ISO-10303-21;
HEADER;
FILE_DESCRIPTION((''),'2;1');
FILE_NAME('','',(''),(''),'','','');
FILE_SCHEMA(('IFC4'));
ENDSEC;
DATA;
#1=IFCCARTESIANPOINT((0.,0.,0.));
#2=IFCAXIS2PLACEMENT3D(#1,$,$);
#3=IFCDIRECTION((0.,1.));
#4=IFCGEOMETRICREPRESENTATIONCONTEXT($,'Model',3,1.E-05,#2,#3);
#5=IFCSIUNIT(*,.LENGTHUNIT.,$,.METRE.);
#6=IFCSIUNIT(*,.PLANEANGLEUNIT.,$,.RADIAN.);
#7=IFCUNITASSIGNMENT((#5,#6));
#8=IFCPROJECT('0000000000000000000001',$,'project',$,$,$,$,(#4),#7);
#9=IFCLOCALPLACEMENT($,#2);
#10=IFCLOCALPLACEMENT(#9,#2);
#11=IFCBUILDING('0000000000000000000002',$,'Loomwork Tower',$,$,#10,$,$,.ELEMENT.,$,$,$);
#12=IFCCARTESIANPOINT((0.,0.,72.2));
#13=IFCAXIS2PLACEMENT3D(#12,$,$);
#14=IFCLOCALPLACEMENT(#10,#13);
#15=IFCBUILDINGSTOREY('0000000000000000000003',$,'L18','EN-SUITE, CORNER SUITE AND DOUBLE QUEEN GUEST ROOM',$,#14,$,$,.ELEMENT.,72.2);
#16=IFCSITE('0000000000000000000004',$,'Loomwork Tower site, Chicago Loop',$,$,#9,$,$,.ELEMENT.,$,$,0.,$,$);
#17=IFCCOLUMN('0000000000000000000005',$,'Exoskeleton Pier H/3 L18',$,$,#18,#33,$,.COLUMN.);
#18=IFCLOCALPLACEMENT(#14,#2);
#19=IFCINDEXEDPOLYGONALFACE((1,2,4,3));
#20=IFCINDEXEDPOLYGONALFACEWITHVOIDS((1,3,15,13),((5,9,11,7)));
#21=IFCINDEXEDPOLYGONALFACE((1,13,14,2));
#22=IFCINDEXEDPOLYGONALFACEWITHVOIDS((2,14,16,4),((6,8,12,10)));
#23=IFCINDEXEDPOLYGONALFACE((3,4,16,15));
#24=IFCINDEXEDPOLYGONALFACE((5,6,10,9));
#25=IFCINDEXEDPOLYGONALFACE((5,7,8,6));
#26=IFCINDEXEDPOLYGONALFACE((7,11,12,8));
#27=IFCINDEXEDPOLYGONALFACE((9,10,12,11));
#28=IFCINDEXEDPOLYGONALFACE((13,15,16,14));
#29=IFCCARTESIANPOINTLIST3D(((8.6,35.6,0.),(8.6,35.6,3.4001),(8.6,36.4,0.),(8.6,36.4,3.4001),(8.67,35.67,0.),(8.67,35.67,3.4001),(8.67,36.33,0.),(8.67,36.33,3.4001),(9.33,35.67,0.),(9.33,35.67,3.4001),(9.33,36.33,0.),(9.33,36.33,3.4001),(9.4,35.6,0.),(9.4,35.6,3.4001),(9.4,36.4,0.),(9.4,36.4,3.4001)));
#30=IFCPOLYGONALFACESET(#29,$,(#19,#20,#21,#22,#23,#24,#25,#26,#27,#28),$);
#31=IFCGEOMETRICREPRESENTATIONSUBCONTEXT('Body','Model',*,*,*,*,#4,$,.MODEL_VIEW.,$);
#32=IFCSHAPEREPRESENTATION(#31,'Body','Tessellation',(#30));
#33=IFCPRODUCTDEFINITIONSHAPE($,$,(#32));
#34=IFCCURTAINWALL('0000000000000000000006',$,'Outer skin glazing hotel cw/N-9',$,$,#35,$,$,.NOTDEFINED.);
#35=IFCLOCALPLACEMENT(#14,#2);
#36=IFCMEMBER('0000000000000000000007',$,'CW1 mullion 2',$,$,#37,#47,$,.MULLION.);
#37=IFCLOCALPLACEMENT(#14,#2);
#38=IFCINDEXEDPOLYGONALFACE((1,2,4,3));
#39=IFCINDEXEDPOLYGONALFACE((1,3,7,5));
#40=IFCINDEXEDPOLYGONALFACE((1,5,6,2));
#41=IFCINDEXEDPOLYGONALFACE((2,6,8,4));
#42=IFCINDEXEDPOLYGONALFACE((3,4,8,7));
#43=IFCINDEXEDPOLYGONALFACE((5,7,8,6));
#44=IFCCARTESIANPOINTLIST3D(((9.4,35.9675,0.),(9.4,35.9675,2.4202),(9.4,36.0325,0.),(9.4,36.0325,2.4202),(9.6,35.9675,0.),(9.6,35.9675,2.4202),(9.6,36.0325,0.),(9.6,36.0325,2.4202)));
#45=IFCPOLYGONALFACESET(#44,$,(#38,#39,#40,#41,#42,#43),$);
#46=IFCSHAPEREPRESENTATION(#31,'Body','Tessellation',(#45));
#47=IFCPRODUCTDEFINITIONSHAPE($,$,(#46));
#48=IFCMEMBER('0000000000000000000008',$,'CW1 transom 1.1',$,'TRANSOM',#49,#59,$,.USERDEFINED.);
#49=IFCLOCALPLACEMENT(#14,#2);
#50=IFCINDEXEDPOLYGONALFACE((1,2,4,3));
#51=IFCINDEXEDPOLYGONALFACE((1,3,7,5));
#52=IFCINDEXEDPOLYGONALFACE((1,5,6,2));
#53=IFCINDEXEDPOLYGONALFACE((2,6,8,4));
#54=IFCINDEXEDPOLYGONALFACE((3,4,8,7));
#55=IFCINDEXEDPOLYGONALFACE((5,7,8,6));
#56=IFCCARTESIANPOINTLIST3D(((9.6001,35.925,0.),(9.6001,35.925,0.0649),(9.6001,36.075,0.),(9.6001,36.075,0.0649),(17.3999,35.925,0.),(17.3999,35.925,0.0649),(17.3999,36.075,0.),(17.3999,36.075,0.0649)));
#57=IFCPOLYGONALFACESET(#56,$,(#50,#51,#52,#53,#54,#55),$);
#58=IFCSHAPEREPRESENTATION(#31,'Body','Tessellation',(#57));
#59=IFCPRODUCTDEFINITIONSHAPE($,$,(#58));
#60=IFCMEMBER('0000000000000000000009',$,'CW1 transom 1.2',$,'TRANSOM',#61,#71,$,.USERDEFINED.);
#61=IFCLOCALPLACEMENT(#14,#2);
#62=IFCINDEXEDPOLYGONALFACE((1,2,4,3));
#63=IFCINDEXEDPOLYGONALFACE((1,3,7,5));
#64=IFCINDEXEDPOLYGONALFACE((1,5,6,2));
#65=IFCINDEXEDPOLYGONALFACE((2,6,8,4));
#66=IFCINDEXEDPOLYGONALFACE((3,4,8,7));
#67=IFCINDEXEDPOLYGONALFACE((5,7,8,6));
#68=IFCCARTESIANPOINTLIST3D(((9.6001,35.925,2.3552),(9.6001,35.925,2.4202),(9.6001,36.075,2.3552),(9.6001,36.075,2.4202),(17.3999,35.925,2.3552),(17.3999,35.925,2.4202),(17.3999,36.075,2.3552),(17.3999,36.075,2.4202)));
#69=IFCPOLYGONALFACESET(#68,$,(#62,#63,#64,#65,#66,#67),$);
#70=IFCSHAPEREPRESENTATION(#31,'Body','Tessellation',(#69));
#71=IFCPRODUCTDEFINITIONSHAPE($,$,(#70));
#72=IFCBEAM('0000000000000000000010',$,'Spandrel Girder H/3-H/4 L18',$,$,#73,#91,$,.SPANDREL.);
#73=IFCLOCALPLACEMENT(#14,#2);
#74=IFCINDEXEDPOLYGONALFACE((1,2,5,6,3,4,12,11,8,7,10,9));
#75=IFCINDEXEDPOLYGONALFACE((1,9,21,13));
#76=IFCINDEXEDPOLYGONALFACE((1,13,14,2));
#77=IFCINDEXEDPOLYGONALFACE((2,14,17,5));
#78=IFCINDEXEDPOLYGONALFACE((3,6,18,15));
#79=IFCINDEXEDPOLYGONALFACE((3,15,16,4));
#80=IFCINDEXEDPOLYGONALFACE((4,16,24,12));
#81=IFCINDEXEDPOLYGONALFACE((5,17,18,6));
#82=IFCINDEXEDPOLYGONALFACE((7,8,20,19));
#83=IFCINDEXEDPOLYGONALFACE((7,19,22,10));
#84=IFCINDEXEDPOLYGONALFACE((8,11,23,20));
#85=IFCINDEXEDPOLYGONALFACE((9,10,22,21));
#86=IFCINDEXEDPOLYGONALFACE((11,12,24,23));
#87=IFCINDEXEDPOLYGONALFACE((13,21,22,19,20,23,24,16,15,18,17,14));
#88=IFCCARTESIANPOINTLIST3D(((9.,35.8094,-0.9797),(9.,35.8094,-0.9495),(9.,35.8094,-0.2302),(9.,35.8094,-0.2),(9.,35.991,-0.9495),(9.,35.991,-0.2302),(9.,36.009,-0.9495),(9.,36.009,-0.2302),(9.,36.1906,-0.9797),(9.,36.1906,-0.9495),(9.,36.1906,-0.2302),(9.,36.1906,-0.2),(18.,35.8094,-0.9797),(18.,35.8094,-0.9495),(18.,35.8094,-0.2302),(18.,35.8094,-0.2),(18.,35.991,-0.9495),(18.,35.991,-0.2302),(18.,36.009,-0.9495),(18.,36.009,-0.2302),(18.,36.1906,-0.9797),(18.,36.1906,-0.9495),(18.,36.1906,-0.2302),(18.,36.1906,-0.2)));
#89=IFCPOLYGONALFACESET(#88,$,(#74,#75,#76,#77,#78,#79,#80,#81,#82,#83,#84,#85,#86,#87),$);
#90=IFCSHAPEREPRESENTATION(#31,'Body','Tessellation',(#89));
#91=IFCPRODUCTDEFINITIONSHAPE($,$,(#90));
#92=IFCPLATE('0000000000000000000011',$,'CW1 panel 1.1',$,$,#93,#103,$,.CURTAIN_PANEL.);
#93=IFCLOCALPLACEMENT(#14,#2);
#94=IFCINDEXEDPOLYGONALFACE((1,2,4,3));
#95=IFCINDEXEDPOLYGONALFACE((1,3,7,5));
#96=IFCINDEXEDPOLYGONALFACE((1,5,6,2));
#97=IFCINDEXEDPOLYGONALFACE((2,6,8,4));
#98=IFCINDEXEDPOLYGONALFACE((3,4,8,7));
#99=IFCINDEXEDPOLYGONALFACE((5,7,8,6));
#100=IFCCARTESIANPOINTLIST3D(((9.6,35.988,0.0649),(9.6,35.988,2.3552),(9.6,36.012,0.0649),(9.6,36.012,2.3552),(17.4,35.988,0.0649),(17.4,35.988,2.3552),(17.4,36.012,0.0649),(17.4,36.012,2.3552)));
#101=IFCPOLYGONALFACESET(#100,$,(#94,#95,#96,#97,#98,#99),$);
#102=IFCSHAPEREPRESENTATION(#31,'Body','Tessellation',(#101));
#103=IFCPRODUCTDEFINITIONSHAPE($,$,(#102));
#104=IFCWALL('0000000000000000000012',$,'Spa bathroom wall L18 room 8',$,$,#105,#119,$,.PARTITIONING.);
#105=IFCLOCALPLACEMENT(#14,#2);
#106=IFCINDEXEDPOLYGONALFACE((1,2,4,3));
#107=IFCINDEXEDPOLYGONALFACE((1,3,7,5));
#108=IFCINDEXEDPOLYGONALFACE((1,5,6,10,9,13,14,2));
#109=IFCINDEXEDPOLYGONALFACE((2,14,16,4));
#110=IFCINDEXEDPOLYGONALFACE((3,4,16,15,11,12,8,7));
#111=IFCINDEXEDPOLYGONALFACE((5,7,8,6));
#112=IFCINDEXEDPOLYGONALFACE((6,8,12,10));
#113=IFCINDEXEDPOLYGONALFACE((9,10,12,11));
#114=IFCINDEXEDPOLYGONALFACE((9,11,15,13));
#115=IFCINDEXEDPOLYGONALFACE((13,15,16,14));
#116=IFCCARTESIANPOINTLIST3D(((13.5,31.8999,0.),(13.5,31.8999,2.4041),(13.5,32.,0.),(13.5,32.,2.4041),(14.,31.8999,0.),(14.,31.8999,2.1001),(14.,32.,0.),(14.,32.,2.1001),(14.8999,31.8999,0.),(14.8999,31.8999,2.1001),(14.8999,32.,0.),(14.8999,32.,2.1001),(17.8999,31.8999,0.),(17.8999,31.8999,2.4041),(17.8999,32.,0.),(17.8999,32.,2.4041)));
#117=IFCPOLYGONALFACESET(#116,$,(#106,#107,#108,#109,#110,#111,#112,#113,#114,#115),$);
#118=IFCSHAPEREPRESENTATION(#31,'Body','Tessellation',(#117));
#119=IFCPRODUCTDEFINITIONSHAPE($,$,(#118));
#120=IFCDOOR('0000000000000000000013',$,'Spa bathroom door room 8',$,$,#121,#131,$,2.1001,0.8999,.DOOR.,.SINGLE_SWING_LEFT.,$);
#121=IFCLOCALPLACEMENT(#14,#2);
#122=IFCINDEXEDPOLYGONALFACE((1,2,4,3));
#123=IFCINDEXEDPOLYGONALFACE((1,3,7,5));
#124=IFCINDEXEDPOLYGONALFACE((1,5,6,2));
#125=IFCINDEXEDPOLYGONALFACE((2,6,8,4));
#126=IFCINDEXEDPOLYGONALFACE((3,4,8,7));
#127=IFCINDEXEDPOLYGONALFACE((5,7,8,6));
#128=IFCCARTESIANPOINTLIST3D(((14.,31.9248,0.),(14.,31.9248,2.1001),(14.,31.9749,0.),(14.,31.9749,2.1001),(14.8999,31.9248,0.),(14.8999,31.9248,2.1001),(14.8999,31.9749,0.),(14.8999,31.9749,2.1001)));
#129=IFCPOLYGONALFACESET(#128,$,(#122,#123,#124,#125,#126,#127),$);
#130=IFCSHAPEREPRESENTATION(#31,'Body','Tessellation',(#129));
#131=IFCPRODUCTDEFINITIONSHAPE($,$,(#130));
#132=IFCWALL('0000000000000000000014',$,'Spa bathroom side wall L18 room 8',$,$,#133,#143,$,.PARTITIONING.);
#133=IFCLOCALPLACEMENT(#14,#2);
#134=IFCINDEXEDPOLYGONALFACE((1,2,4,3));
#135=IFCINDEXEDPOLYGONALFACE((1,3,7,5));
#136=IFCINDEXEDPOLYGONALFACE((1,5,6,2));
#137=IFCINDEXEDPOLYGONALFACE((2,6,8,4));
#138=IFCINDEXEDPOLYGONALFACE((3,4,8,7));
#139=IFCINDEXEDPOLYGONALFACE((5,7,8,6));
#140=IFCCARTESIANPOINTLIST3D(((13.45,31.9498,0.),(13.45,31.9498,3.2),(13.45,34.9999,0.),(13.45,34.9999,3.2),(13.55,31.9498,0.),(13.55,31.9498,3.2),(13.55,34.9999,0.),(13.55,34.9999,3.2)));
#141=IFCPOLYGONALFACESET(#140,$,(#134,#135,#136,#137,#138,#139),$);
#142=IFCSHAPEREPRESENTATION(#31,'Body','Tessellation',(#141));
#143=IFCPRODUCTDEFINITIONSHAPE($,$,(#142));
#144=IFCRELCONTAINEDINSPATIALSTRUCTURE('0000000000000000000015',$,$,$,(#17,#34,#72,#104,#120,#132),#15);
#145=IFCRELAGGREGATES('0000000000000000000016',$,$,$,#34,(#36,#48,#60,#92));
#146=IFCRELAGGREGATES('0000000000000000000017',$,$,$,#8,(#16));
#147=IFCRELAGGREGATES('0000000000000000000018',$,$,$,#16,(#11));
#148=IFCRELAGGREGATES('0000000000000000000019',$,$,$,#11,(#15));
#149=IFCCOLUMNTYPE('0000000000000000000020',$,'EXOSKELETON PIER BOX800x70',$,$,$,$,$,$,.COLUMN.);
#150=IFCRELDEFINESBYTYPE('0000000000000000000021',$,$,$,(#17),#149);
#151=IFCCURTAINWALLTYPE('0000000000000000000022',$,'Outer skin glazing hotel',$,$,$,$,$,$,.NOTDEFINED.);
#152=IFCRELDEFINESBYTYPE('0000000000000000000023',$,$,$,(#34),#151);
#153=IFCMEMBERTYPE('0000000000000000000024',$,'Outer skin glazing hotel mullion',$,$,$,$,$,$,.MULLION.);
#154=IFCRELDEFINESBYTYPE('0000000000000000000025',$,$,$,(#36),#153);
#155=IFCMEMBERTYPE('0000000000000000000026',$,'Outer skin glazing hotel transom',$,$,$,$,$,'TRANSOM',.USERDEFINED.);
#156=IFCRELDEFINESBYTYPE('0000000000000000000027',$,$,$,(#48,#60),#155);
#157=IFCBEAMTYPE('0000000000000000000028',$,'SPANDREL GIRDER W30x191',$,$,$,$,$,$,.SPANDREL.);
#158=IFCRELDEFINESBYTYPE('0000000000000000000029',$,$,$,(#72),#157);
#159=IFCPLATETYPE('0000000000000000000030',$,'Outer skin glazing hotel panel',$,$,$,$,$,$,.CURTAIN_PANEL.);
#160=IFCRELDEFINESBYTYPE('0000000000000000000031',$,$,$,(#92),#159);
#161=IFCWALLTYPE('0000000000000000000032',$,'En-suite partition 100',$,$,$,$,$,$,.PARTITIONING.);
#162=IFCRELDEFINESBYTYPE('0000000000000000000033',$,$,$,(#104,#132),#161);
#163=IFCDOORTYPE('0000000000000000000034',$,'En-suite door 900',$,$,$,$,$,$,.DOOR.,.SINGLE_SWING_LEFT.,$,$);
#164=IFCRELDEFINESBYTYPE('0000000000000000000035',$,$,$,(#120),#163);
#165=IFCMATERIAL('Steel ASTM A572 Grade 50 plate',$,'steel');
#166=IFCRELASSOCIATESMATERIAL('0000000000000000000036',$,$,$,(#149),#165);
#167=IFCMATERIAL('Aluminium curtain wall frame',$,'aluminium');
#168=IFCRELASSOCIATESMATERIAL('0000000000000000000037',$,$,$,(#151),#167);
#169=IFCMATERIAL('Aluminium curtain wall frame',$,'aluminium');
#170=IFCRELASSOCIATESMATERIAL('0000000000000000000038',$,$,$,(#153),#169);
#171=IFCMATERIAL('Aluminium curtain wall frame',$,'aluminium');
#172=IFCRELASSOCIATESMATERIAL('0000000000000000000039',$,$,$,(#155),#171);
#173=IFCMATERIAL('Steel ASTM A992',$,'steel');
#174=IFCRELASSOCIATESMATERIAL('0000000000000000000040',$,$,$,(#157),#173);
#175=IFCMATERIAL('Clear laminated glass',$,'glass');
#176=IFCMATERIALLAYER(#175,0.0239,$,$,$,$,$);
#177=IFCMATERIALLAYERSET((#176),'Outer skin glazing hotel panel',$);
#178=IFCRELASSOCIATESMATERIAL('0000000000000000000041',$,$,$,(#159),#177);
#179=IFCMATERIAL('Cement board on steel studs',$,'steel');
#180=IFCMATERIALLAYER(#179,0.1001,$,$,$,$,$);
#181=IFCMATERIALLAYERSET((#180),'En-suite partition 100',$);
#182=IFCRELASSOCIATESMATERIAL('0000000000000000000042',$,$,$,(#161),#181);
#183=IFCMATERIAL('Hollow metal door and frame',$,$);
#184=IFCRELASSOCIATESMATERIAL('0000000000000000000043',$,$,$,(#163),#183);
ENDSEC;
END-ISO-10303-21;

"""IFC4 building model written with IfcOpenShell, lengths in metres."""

from ifc_helpers import new_model, si_unit, direction, frame, frame_2d, origin, origin_2d, place, context, subcontext, project, spatial, rectangle, hollow_rectangle, i_section, extrude, material, layer, layer_set, material_profile, profile_set, type_object, element, fill, aggregate, save


model = new_model("IFC4")

# Units and contexts
model_context = context("Model", 3, precision=1e-05, world=origin(), true_north=direction((0.0, 1.0)))
body_context = subcontext(model_context, "Body", "Model", "MODEL_VIEW")
ifc_project = project(units=[si_unit("LENGTHUNIT", "METRE"), si_unit("PLANEANGLEUNIT", "RADIAN")], contexts=[model_context])

# Site, building, storey
site_placement = place(None, origin())
site = spatial("IfcSite", under=ifc_project, at=site_placement, Name="Loomwork Tower site, Chicago Loop", CompositionType="ELEMENT", RefElevation=0.0)
building_placement = place(site_placement, origin())
building = spatial("IfcBuilding", under=site, at=building_placement, Name="Loomwork Tower", CompositionType="ELEMENT")
storey_placement = place(building_placement, frame((0.0, 0.0, 72.2)))
storey = spatial("IfcBuildingStorey", under=building, at=storey_placement, Name="L18", Description="EN-SUITE, CORNER SUITE AND DOUBLE QUEEN GUEST ROOM", CompositionType="ELEMENT", Elevation=72.2)

# Column
ifc_material_1 = material(Name="Steel ASTM A572 Grade 50 plate", Category="steel")
ifc_material_profile_1 = material_profile(ifc_material_1, hollow_rectangle(XDim=0.8, YDim=0.8, WallThickness=0.0701, at=origin_2d()), Name="BOX800x70")
ifc_profile_set_1 = profile_set([ifc_material_profile_1], Name="Steel ASTM A572 Grade 50 plate")
column_type = type_object("IfcColumnType", Name="EXOSKELETON PIER BOX800x70", PredefinedType="COLUMN", material=ifc_profile_set_1)
column_placement = place(storey_placement, frame((9.0, 36.0, 0.0), z_axis=(0.0, 0.0, 1.0), x_axis=(1.0, 0.0, 0.0)))
element("IfcColumn", 1, at=column_placement, inside=storey, type_object=column_type, Name="Exoskeleton Pier H/3 L18", PredefinedType="COLUMN", context=body_context, shape_type="SweptSolid", body=[
    extrude(hollow_rectangle(XDim=0.8, YDim=0.8, WallThickness=0.0701, at=origin_2d()), origin(), (0.0, 0.0, 1.0), 3.4001),
])

# Curtain wall, members
ifc_material_2 = material(Name="Aluminium curtain wall frame", Category="aluminium")
curtain_wall_type = type_object("IfcCurtainWallType", Name="Outer skin glazing hotel", PredefinedType="NOTDEFINED", material=ifc_material_2)
curtain_wall_placement = place(storey_placement, origin())
curtain_wall = element("IfcCurtainWall", 2, at=curtain_wall_placement, inside=storey, type_object=curtain_wall_type, Name="Outer skin glazing hotel cw/N-9", PredefinedType="NOTDEFINED")
ifc_material_3 = material(Name="Aluminium curtain wall frame", Category="aluminium")
ifc_material_profile_2 = material_profile(ifc_material_3, rectangle(XDim=0.0649, YDim=0.2, at=origin_2d()), Name="AL 65x200")
ifc_profile_set_2 = profile_set([ifc_material_profile_2], Name="Aluminium curtain wall frame")
member_type_1 = type_object("IfcMemberType", Name="Outer skin glazing hotel mullion", PredefinedType="MULLION", material=ifc_profile_set_2)
member_1_placement = place(storey_placement, frame((9.5, 36.0, 0.0), z_axis=(0.0, 0.0, 1.0), x_axis=(0.0, -1.0, 0.0)))
member_1 = element("IfcMember", 3, at=member_1_placement, type_object=member_type_1, Name="CW1 mullion 2", PredefinedType="MULLION", context=body_context, shape_type="SweptSolid", body=[
    extrude(rectangle(XDim=0.0649, YDim=0.2, at=origin_2d()), origin(), (0.0, 0.0, 1.0), 2.4202),
])
ifc_material_4 = material(Name="Aluminium curtain wall frame", Category="aluminium")
ifc_material_profile_3 = material_profile(ifc_material_4, rectangle(XDim=0.1499, YDim=0.0649, at=origin_2d()), Name="AL 65x150")
ifc_profile_set_3 = profile_set([ifc_material_profile_3], Name="Aluminium curtain wall frame")
member_type_2 = type_object("IfcMemberType", Name="Outer skin glazing hotel transom", ElementType="TRANSOM", PredefinedType="USERDEFINED", material=ifc_profile_set_3)
member_2_placement = place(storey_placement, frame((17.3999, 36.0, 0.0325), z_axis=(-1.0, 0.0, 0.0), x_axis=(0.0, -1.0, 0.0)))
member_2 = element("IfcMember", 4, at=member_2_placement, type_object=member_type_2, Name="CW1 transom 1.1", ObjectType="TRANSOM", PredefinedType="USERDEFINED", context=body_context, shape_type="SweptSolid", body=[
    extrude(rectangle(XDim=0.1499, YDim=0.0649, at=origin_2d()), origin(), (0.0, 0.0, 1.0), 7.7998),
])
member_3_placement = place(storey_placement, frame((17.3999, 36.0, 2.3877), z_axis=(-1.0, 0.0, 0.0), x_axis=(0.0, -1.0, 0.0)))
member_3 = element("IfcMember", 5, at=member_3_placement, type_object=member_type_2, Name="CW1 transom 1.2", ObjectType="TRANSOM", PredefinedType="USERDEFINED", context=body_context, shape_type="SweptSolid", body=[
    extrude(rectangle(XDim=0.1499, YDim=0.0649, at=origin_2d()), origin(), (0.0, 0.0, 1.0), 7.7998),
])

# Beam
ifc_material_5 = material(Name="Steel ASTM A992", Category="steel")
ifc_material_profile_4 = material_profile(ifc_material_5, i_section(OverallWidth=0.3811, OverallDepth=0.7798, WebThickness=0.0181, FlangeThickness=0.0303, at=origin_2d()), Name="W30x191")
ifc_profile_set_4 = profile_set([ifc_material_profile_4], Name="Steel ASTM A992")
beam_type = type_object("IfcBeamType", Name="SPANDREL GIRDER W30x191", PredefinedType="SPANDREL", material=ifc_profile_set_4)
beam_placement = place(storey_placement, frame((9.0, 36.0, -0.5898), z_axis=(1.0, 0.0, 0.0), x_axis=(0.0, 1.0, 0.0)))
element("IfcBeam", 6, at=beam_placement, inside=storey, type_object=beam_type, Name="Spandrel Girder H/3-H/4 L18", PredefinedType="SPANDREL", context=body_context, shape_type="SweptSolid", body=[
    extrude(i_section(OverallWidth=0.3811, OverallDepth=0.7798, WebThickness=0.0181, FlangeThickness=0.0303, at=origin_2d()), origin(), (0.0, 0.0, 1.0), 9.0),
])

# Plate
ifc_material_6 = material(Name="Clear laminated glass", Category="glass")
ifc_layer_1 = layer(ifc_material_6, 0.0239)
ifc_layer_set_1 = layer_set([ifc_layer_1], Name="Outer skin glazing hotel panel")
plate_type = type_object("IfcPlateType", Name="Outer skin glazing hotel panel", PredefinedType="CURTAIN_PANEL", material=ifc_layer_set_1)
plate_placement = place(storey_placement, frame((13.5, 36.0, 0.0649), z_axis=(0.0, 0.0, 1.0), x_axis=(-1.0, 0.0, 0.0)))
plate = element("IfcPlate", 7, at=plate_placement, type_object=plate_type, Name="CW1 panel 1.1", PredefinedType="CURTAIN_PANEL", context=body_context, shape_type="SweptSolid", body=[
    extrude(rectangle(XDim=7.8, YDim=0.0239, at=origin_2d()), origin(), (0.0, 0.0, 1.0), 2.2903),
])
aggregate(curtain_wall, [member_1, member_2, member_3, plate])

# Wall, opening, door
ifc_material_7 = material(Name="Cement board on steel studs", Category="steel")
ifc_layer_2 = layer(ifc_material_7, 0.1001)
ifc_layer_set_2 = layer_set([ifc_layer_2], Name="En-suite partition 100")
wall_type_1 = type_object("IfcWallType", Name="En-suite partition 100", PredefinedType="PARTITIONING", material=ifc_layer_set_2)
wall_1_placement = place(storey_placement, frame((13.5, 31.95, 0.0), z_axis=(0.0, 0.0, 1.0), x_axis=(1.0, 0.0, 0.0)))
wall_1 = element("IfcWall", 8, at=wall_1_placement, inside=storey, type_object=wall_type_1, Name="Spa bathroom wall L18 room 8", PredefinedType="PARTITIONING", context=body_context, shape_type="SweptSolid", body=[
    extrude(rectangle(XDim=4.3999, YDim=0.1001, at=frame_2d((2.2, 0.0))), origin(), (0.0, 0.0, 1.0), 2.4041),
])
opening_1_placement = place(wall_1_placement, frame((0.5, 0.0, 0.0)))
opening_1 = element("IfcOpeningElement", 9, at=opening_1_placement, cuts=wall_1, PredefinedType="OPENING", context=body_context, shape_type="SweptSolid", body=[
    extrude(rectangle(XDim=0.8999, YDim=2.1001, at=frame_2d((0.45, 1.05))), frame((0.0, 0.0601, 0.0), z_axis=(0.0, -1.0, 0.0), x_axis=(1.0, 0.0, 0.0)), (0.0, 0.0, 1.0), 0.1201),
])
ifc_material_8 = material(Name="Hollow metal door and frame")
door_type = type_object("IfcDoorType", Name="En-suite door 900", OperationType="SINGLE_SWING_LEFT", PredefinedType="DOOR", material=ifc_material_8)
door_placement = place(opening_1_placement, origin())
door = element("IfcDoor", 10, at=door_placement, inside=storey, type_object=door_type, Name="Spa bathroom door room 8", OperationType="SINGLE_SWING_LEFT", OverallHeight=2.1001, OverallWidth=0.8999, PredefinedType="DOOR", context=body_context, shape_type="SweptSolid", body=[
    extrude(rectangle(XDim=0.8999, YDim=2.1001, at=frame_2d((0.45, 1.05))), frame((0.0, 0.0249, 0.0), z_axis=(0.0, -1.0, 0.0), x_axis=(1.0, 0.0, 0.0)), (0.0, 0.0, 1.0), 0.05),
])
fill(opening_1, door)

# Wall
wall_2_placement = place(storey_placement, frame((13.5, 31.95, 0.0), z_axis=(0.0, 0.0, 1.0), x_axis=(0.0, 1.0, 0.0)))
element("IfcWall", 11, at=wall_2_placement, inside=storey, type_object=wall_type_1, Name="Spa bathroom side wall L18 room 8", PredefinedType="PARTITIONING", context=body_context, shape_type="SweptSolid", body=[
    extrude(rectangle(XDim=3.05, YDim=0.1001, at=frame_2d((1.5249, 0.0))), origin(), (0.0, 0.0, 1.0), 3.2),
])

save(model, "model.ifc")
